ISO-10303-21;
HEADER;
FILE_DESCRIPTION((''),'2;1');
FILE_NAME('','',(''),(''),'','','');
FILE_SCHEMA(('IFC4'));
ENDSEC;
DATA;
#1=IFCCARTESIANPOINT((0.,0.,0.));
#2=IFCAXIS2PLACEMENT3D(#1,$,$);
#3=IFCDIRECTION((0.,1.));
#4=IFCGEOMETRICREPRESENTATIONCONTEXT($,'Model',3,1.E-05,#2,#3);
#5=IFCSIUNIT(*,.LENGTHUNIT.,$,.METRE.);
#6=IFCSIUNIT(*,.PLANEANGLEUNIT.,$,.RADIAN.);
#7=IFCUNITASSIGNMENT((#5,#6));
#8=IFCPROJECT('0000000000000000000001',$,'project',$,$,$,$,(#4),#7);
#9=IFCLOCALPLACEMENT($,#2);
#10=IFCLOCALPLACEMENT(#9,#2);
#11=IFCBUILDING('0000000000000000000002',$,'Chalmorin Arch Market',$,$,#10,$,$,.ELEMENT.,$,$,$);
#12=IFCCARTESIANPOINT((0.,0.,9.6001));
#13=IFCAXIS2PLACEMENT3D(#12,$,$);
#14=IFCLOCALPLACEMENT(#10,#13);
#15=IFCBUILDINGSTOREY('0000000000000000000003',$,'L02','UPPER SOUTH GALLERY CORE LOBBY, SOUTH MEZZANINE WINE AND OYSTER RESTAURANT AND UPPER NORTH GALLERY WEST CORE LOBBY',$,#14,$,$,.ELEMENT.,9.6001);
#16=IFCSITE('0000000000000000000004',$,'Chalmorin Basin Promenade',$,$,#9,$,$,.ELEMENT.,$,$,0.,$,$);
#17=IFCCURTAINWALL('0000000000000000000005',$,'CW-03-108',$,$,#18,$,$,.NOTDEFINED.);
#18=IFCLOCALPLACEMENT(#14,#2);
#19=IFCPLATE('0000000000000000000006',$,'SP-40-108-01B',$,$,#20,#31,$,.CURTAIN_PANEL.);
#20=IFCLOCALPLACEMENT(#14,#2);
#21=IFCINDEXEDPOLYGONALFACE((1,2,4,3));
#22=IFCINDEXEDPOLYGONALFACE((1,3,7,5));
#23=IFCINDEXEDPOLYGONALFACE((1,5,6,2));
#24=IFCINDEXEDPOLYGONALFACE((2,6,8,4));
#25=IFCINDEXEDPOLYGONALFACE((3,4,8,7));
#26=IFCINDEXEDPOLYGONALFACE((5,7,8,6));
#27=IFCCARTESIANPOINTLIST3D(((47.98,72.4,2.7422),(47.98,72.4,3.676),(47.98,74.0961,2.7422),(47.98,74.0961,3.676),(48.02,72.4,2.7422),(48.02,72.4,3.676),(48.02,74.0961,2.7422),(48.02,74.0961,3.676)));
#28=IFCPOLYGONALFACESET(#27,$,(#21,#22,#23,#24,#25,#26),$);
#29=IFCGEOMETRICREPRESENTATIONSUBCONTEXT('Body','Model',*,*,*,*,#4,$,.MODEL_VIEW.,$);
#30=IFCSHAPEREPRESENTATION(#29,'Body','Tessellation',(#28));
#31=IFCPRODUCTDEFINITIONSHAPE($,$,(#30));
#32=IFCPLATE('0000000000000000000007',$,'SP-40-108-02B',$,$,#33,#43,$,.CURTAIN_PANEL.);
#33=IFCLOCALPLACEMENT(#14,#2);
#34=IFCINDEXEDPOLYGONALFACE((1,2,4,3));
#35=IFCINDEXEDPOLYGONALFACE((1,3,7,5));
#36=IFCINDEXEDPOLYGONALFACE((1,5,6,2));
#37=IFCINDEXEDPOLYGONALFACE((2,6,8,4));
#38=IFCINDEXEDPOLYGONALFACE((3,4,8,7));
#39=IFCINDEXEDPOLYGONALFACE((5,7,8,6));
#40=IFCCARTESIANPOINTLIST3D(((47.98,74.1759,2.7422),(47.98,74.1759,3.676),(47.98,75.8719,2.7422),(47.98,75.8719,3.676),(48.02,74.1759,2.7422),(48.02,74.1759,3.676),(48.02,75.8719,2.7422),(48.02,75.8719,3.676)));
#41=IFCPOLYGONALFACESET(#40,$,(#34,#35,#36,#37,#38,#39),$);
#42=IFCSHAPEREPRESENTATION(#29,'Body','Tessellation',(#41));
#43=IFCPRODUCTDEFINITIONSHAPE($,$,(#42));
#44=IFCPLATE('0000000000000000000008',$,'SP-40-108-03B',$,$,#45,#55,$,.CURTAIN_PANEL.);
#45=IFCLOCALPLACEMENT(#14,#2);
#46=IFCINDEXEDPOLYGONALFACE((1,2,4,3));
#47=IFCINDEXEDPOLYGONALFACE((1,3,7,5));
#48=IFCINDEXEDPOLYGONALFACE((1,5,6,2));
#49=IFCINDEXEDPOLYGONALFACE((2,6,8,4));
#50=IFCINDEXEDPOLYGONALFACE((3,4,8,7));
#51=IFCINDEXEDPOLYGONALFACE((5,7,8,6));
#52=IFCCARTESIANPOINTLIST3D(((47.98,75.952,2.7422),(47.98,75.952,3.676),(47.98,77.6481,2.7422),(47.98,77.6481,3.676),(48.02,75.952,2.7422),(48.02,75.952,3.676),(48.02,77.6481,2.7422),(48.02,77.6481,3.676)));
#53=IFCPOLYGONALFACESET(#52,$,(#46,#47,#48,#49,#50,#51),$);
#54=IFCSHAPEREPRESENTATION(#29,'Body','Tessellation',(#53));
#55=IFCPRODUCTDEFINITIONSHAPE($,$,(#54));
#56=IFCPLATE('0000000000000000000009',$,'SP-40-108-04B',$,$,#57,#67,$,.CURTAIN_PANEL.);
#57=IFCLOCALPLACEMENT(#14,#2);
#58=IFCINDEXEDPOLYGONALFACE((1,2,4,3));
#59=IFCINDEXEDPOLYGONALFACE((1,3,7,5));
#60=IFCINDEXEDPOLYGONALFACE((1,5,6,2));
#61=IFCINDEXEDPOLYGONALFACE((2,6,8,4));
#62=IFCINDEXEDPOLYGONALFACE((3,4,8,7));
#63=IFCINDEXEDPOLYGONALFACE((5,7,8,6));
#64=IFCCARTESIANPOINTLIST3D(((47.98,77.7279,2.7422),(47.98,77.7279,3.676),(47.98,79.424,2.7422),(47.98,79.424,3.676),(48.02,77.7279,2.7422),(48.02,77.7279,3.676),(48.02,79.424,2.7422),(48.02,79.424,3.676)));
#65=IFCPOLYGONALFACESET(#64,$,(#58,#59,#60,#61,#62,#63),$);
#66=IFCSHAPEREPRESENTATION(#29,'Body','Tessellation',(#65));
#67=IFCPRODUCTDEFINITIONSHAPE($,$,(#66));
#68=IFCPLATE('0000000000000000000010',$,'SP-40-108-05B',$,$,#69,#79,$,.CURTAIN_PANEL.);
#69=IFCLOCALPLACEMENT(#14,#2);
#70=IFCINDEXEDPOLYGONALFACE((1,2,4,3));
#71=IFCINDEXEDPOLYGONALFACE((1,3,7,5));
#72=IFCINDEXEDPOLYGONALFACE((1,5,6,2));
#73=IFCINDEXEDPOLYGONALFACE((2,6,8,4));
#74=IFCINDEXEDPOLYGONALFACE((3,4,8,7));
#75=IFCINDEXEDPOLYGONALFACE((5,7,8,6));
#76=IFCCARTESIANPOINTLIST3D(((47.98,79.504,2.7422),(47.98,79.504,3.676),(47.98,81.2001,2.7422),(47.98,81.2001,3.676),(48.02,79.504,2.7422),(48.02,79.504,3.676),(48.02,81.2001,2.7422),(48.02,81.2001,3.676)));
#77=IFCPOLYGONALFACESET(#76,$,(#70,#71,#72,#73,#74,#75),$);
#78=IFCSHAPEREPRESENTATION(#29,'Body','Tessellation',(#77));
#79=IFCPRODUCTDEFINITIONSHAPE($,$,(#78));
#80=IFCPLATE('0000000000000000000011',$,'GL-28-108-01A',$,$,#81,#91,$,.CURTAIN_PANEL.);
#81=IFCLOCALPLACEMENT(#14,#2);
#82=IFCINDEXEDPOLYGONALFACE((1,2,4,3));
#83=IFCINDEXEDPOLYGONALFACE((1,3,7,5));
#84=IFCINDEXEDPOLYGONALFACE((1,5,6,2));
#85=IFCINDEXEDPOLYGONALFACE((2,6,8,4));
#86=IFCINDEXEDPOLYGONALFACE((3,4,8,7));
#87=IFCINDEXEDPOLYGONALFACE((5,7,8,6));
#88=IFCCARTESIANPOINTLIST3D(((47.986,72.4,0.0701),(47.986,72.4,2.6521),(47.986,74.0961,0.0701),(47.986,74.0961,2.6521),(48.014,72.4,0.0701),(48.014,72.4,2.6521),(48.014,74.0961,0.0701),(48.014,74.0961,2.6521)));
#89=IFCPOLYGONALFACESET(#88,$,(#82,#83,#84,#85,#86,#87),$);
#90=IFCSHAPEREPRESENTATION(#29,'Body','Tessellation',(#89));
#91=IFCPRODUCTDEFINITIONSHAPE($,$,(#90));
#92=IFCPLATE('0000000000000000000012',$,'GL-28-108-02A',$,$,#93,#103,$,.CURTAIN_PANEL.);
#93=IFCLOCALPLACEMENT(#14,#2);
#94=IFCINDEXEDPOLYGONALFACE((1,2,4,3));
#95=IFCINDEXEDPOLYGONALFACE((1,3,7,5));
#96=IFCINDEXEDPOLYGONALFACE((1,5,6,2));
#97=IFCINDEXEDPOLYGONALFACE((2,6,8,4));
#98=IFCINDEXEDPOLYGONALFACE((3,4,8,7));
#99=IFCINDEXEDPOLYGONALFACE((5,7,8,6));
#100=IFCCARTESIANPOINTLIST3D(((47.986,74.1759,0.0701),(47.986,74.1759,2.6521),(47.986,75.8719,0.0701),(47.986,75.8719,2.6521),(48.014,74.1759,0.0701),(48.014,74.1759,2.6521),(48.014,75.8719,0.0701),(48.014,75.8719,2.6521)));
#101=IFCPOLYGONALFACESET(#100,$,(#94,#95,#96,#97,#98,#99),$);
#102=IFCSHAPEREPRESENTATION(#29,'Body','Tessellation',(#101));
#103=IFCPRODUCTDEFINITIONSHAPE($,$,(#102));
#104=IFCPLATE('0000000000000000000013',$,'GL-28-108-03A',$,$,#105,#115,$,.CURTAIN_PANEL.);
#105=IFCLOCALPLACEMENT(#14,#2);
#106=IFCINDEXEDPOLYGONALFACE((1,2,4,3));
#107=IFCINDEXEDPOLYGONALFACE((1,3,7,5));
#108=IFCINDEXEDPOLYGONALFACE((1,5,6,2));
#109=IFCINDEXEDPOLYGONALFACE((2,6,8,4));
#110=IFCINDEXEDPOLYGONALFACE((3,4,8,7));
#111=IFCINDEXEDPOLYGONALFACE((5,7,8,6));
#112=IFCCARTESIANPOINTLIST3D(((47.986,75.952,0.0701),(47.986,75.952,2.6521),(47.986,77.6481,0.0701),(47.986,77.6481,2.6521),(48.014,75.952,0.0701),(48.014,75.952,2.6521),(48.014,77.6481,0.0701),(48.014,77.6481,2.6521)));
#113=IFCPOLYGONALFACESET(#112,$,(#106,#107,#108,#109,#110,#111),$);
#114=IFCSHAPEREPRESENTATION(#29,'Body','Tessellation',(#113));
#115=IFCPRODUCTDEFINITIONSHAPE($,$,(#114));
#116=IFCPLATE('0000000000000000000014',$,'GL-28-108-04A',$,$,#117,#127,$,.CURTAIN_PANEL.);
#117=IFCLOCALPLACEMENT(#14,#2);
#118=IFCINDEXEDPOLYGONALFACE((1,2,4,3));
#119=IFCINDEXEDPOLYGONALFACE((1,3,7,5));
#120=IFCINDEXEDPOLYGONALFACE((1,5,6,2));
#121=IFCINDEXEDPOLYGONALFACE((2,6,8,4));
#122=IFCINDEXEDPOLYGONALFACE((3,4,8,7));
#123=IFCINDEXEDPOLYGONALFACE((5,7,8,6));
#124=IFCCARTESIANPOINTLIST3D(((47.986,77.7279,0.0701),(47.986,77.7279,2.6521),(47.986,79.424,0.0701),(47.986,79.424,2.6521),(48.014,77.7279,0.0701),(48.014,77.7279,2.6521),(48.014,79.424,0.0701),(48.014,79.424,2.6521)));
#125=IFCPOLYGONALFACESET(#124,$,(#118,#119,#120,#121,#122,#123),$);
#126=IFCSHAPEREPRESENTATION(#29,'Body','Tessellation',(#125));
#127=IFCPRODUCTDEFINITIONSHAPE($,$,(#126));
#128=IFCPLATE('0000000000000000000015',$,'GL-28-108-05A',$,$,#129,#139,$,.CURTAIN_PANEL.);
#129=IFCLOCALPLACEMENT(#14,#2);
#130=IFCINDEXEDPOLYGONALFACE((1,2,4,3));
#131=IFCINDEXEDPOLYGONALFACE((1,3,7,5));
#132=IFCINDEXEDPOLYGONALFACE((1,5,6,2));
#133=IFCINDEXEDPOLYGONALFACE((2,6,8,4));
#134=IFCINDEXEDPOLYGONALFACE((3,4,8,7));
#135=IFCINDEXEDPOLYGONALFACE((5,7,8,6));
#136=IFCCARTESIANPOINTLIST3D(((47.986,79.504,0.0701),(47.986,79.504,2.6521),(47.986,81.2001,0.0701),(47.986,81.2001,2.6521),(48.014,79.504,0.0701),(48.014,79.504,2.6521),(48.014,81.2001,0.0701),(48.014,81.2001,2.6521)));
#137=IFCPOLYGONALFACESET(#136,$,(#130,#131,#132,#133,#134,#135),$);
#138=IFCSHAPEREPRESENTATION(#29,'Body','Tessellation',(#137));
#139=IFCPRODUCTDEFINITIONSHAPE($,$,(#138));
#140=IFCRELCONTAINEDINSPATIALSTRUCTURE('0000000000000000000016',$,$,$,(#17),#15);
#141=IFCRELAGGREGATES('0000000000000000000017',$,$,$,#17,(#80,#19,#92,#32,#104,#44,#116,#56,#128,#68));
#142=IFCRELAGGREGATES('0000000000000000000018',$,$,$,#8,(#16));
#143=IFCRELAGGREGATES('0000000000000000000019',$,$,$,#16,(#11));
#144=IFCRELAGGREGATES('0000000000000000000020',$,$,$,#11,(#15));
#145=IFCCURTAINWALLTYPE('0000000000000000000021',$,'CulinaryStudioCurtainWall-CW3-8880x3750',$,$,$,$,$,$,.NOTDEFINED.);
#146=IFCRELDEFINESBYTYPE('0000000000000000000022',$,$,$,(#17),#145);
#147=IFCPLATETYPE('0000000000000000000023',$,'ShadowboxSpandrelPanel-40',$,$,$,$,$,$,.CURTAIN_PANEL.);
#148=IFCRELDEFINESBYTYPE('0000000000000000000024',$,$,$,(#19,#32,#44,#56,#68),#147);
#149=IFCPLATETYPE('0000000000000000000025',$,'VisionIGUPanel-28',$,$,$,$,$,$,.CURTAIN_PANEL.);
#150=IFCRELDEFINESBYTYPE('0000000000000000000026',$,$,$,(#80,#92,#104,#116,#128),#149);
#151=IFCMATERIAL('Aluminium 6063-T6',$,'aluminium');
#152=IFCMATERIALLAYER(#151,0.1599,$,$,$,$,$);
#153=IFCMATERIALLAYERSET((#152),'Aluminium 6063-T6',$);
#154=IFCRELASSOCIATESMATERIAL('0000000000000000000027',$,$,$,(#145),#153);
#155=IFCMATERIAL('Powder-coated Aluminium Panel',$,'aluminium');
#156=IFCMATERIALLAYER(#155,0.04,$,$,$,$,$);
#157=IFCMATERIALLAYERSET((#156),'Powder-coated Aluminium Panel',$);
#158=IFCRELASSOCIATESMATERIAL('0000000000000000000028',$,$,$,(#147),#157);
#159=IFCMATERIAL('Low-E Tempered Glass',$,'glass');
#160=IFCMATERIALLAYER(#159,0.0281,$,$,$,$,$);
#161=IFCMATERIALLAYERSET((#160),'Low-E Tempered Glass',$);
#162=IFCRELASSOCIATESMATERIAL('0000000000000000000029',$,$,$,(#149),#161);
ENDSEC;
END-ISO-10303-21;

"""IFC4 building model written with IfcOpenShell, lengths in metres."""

from ifc_helpers import new_model, si_unit, direction, frame, origin, origin_2d, place, context, subcontext, project, spatial, rectangle, extrude, material, layer, layer_set, type_object, element, aggregate, save


model = new_model("IFC4")

# Units and contexts
model_context = context("Model", 3, precision=1e-05, world=origin(), true_north=direction((0.0, 1.0)))
body_context = subcontext(model_context, "Body", "Model", "MODEL_VIEW")
ifc_project = project(units=[si_unit("LENGTHUNIT", "METRE"), si_unit("PLANEANGLEUNIT", "RADIAN")], contexts=[model_context])

# Site, building, storey
site_placement = place(None, origin())
site = spatial("IfcSite", under=ifc_project, at=site_placement, Name="Chalmorin Basin Promenade", CompositionType="ELEMENT", RefElevation=0.0)
building_placement = place(site_placement, origin())
building = spatial("IfcBuilding", under=site, at=building_placement, Name="Chalmorin Arch Market", CompositionType="ELEMENT")
storey_placement = place(building_placement, frame((0.0, 0.0, 9.6001)))
storey = spatial("IfcBuildingStorey", under=building, at=storey_placement, Name="L02", Description="UPPER SOUTH GALLERY CORE LOBBY, SOUTH MEZZANINE WINE AND OYSTER RESTAURANT AND UPPER NORTH GALLERY WEST CORE LOBBY", CompositionType="ELEMENT", Elevation=9.6001)

# Curtain wall
ifc_material_1 = material(Name="Aluminium 6063-T6", Category="aluminium")
ifc_layer_1 = layer(ifc_material_1, 0.1599)
ifc_layer_set_1 = layer_set([ifc_layer_1], Name="Aluminium 6063-T6")
curtain_wall_type_1 = type_object("IfcCurtainWallType", Name="CulinaryStudioCurtainWall-CW3-8880x3750", PredefinedType="NOTDEFINED", material=ifc_layer_set_1)
curtain_wall_1_placement = place(storey_placement, origin())
curtain_wall_1 = element("IfcCurtainWall", 1, at=curtain_wall_1_placement, inside=storey, type_object=curtain_wall_type_1, Name="CW-03-108", PredefinedType="NOTDEFINED")

# Plates
ifc_material_2 = material(Name="Powder-coated Aluminium Panel", Category="aluminium")
ifc_layer_2 = layer(ifc_material_2, 0.04)
ifc_layer_set_2 = layer_set([ifc_layer_2], Name="Powder-coated Aluminium Panel")
plate_type_1 = type_object("IfcPlateType", Name="ShadowboxSpandrelPanel-40", PredefinedType="CURTAIN_PANEL", material=ifc_layer_set_2)
plate_1_placement = place(storey_placement, frame((48.0, 73.248, 2.7422), z_axis=(0.0, 0.0, 1.0), x_axis=(0.0, 1.0, 0.0)))
plate_1 = element("IfcPlate", 2, at=plate_1_placement, type_object=plate_type_1, Name="SP-40-108-01B", PredefinedType="CURTAIN_PANEL", context=body_context, shape_type="SweptSolid", body=[
    extrude(rectangle(XDim=1.696, YDim=0.04, at=origin_2d()), origin(), (0.0, 0.0, 1.0), 0.9338),
])
plate_2_placement = place(storey_placement, frame((48.0, 75.0239, 2.7422), z_axis=(0.0, 0.0, 1.0), x_axis=(0.0, 1.0, 0.0)))
plate_2 = element("IfcPlate", 3, at=plate_2_placement, type_object=plate_type_1, Name="SP-40-108-02B", PredefinedType="CURTAIN_PANEL", context=body_context, shape_type="SweptSolid", body=[
    extrude(rectangle(XDim=1.696, YDim=0.04, at=origin_2d()), origin(), (0.0, 0.0, 1.0), 0.9338),
])
plate_3_placement = place(storey_placement, frame((48.0, 76.8, 2.7422), z_axis=(0.0, 0.0, 1.0), x_axis=(0.0, 1.0, 0.0)))
plate_3 = element("IfcPlate", 4, at=plate_3_placement, type_object=plate_type_1, Name="SP-40-108-03B", PredefinedType="CURTAIN_PANEL", context=body_context, shape_type="SweptSolid", body=[
    extrude(rectangle(XDim=1.696, YDim=0.04, at=origin_2d()), origin(), (0.0, 0.0, 1.0), 0.9338),
])
plate_4_placement = place(storey_placement, frame((48.0, 78.5759, 2.7422), z_axis=(0.0, 0.0, 1.0), x_axis=(0.0, 1.0, 0.0)))
plate_4 = element("IfcPlate", 5, at=plate_4_placement, type_object=plate_type_1, Name="SP-40-108-04B", PredefinedType="CURTAIN_PANEL", context=body_context, shape_type="SweptSolid", body=[
    extrude(rectangle(XDim=1.696, YDim=0.04, at=origin_2d()), origin(), (0.0, 0.0, 1.0), 0.9338),
])
plate_5_placement = place(storey_placement, frame((48.0, 80.3521, 2.7422), z_axis=(0.0, 0.0, 1.0), x_axis=(0.0, 1.0, 0.0)))
plate_5 = element("IfcPlate", 6, at=plate_5_placement, type_object=plate_type_1, Name="SP-40-108-05B", PredefinedType="CURTAIN_PANEL", context=body_context, shape_type="SweptSolid", body=[
    extrude(rectangle(XDim=1.696, YDim=0.04, at=origin_2d()), origin(), (0.0, 0.0, 1.0), 0.9338),
])
ifc_material_3 = material(Name="Low-E Tempered Glass", Category="glass")
ifc_layer_3 = layer(ifc_material_3, 0.0281)
ifc_layer_set_3 = layer_set([ifc_layer_3], Name="Low-E Tempered Glass")
plate_type_2 = type_object("IfcPlateType", Name="VisionIGUPanel-28", PredefinedType="CURTAIN_PANEL", material=ifc_layer_set_3)
plate_6_placement = place(storey_placement, frame((48.0, 73.248, 0.0701), z_axis=(0.0, 0.0, 1.0), x_axis=(0.0, 1.0, 0.0)))
plate_6 = element("IfcPlate", 7, at=plate_6_placement, type_object=plate_type_2, Name="GL-28-108-01A", PredefinedType="CURTAIN_PANEL", context=body_context, shape_type="SweptSolid", body=[
    extrude(rectangle(XDim=1.696, YDim=0.0281, at=origin_2d()), origin(), (0.0, 0.0, 1.0), 2.582),
])
plate_7_placement = place(storey_placement, frame((48.0, 75.0239, 0.0701), z_axis=(0.0, 0.0, 1.0), x_axis=(0.0, 1.0, 0.0)))
plate_7 = element("IfcPlate", 8, at=plate_7_placement, type_object=plate_type_2, Name="GL-28-108-02A", PredefinedType="CURTAIN_PANEL", context=body_context, shape_type="SweptSolid", body=[
    extrude(rectangle(XDim=1.696, YDim=0.0281, at=origin_2d()), origin(), (0.0, 0.0, 1.0), 2.582),
])
plate_8_placement = place(storey_placement, frame((48.0, 76.8, 0.0701), z_axis=(0.0, 0.0, 1.0), x_axis=(0.0, 1.0, 0.0)))
plate_8 = element("IfcPlate", 9, at=plate_8_placement, type_object=plate_type_2, Name="GL-28-108-03A", PredefinedType="CURTAIN_PANEL", context=body_context, shape_type="SweptSolid", body=[
    extrude(rectangle(XDim=1.696, YDim=0.0281, at=origin_2d()), origin(), (0.0, 0.0, 1.0), 2.582),
])
plate_9_placement = place(storey_placement, frame((48.0, 78.5759, 0.0701), z_axis=(0.0, 0.0, 1.0), x_axis=(0.0, 1.0, 0.0)))
plate_9 = element("IfcPlate", 10, at=plate_9_placement, type_object=plate_type_2, Name="GL-28-108-04A", PredefinedType="CURTAIN_PANEL", context=body_context, shape_type="SweptSolid", body=[
    extrude(rectangle(XDim=1.696, YDim=0.0281, at=origin_2d()), origin(), (0.0, 0.0, 1.0), 2.582),
])
plate_10_placement = place(storey_placement, frame((48.0, 80.3521, 0.0701), z_axis=(0.0, 0.0, 1.0), x_axis=(0.0, 1.0, 0.0)))
plate_10 = element("IfcPlate", 11, at=plate_10_placement, type_object=plate_type_2, Name="GL-28-108-05A", PredefinedType="CURTAIN_PANEL", context=body_context, shape_type="SweptSolid", body=[
    extrude(rectangle(XDim=1.696, YDim=0.0281, at=origin_2d()), origin(), (0.0, 0.0, 1.0), 2.582),
])
aggregate(curtain_wall_1, [plate_6, plate_1, plate_7, plate_2, plate_8, plate_3, plate_9, plate_4, plate_10, plate_5])

save(model, "model.ifc")
